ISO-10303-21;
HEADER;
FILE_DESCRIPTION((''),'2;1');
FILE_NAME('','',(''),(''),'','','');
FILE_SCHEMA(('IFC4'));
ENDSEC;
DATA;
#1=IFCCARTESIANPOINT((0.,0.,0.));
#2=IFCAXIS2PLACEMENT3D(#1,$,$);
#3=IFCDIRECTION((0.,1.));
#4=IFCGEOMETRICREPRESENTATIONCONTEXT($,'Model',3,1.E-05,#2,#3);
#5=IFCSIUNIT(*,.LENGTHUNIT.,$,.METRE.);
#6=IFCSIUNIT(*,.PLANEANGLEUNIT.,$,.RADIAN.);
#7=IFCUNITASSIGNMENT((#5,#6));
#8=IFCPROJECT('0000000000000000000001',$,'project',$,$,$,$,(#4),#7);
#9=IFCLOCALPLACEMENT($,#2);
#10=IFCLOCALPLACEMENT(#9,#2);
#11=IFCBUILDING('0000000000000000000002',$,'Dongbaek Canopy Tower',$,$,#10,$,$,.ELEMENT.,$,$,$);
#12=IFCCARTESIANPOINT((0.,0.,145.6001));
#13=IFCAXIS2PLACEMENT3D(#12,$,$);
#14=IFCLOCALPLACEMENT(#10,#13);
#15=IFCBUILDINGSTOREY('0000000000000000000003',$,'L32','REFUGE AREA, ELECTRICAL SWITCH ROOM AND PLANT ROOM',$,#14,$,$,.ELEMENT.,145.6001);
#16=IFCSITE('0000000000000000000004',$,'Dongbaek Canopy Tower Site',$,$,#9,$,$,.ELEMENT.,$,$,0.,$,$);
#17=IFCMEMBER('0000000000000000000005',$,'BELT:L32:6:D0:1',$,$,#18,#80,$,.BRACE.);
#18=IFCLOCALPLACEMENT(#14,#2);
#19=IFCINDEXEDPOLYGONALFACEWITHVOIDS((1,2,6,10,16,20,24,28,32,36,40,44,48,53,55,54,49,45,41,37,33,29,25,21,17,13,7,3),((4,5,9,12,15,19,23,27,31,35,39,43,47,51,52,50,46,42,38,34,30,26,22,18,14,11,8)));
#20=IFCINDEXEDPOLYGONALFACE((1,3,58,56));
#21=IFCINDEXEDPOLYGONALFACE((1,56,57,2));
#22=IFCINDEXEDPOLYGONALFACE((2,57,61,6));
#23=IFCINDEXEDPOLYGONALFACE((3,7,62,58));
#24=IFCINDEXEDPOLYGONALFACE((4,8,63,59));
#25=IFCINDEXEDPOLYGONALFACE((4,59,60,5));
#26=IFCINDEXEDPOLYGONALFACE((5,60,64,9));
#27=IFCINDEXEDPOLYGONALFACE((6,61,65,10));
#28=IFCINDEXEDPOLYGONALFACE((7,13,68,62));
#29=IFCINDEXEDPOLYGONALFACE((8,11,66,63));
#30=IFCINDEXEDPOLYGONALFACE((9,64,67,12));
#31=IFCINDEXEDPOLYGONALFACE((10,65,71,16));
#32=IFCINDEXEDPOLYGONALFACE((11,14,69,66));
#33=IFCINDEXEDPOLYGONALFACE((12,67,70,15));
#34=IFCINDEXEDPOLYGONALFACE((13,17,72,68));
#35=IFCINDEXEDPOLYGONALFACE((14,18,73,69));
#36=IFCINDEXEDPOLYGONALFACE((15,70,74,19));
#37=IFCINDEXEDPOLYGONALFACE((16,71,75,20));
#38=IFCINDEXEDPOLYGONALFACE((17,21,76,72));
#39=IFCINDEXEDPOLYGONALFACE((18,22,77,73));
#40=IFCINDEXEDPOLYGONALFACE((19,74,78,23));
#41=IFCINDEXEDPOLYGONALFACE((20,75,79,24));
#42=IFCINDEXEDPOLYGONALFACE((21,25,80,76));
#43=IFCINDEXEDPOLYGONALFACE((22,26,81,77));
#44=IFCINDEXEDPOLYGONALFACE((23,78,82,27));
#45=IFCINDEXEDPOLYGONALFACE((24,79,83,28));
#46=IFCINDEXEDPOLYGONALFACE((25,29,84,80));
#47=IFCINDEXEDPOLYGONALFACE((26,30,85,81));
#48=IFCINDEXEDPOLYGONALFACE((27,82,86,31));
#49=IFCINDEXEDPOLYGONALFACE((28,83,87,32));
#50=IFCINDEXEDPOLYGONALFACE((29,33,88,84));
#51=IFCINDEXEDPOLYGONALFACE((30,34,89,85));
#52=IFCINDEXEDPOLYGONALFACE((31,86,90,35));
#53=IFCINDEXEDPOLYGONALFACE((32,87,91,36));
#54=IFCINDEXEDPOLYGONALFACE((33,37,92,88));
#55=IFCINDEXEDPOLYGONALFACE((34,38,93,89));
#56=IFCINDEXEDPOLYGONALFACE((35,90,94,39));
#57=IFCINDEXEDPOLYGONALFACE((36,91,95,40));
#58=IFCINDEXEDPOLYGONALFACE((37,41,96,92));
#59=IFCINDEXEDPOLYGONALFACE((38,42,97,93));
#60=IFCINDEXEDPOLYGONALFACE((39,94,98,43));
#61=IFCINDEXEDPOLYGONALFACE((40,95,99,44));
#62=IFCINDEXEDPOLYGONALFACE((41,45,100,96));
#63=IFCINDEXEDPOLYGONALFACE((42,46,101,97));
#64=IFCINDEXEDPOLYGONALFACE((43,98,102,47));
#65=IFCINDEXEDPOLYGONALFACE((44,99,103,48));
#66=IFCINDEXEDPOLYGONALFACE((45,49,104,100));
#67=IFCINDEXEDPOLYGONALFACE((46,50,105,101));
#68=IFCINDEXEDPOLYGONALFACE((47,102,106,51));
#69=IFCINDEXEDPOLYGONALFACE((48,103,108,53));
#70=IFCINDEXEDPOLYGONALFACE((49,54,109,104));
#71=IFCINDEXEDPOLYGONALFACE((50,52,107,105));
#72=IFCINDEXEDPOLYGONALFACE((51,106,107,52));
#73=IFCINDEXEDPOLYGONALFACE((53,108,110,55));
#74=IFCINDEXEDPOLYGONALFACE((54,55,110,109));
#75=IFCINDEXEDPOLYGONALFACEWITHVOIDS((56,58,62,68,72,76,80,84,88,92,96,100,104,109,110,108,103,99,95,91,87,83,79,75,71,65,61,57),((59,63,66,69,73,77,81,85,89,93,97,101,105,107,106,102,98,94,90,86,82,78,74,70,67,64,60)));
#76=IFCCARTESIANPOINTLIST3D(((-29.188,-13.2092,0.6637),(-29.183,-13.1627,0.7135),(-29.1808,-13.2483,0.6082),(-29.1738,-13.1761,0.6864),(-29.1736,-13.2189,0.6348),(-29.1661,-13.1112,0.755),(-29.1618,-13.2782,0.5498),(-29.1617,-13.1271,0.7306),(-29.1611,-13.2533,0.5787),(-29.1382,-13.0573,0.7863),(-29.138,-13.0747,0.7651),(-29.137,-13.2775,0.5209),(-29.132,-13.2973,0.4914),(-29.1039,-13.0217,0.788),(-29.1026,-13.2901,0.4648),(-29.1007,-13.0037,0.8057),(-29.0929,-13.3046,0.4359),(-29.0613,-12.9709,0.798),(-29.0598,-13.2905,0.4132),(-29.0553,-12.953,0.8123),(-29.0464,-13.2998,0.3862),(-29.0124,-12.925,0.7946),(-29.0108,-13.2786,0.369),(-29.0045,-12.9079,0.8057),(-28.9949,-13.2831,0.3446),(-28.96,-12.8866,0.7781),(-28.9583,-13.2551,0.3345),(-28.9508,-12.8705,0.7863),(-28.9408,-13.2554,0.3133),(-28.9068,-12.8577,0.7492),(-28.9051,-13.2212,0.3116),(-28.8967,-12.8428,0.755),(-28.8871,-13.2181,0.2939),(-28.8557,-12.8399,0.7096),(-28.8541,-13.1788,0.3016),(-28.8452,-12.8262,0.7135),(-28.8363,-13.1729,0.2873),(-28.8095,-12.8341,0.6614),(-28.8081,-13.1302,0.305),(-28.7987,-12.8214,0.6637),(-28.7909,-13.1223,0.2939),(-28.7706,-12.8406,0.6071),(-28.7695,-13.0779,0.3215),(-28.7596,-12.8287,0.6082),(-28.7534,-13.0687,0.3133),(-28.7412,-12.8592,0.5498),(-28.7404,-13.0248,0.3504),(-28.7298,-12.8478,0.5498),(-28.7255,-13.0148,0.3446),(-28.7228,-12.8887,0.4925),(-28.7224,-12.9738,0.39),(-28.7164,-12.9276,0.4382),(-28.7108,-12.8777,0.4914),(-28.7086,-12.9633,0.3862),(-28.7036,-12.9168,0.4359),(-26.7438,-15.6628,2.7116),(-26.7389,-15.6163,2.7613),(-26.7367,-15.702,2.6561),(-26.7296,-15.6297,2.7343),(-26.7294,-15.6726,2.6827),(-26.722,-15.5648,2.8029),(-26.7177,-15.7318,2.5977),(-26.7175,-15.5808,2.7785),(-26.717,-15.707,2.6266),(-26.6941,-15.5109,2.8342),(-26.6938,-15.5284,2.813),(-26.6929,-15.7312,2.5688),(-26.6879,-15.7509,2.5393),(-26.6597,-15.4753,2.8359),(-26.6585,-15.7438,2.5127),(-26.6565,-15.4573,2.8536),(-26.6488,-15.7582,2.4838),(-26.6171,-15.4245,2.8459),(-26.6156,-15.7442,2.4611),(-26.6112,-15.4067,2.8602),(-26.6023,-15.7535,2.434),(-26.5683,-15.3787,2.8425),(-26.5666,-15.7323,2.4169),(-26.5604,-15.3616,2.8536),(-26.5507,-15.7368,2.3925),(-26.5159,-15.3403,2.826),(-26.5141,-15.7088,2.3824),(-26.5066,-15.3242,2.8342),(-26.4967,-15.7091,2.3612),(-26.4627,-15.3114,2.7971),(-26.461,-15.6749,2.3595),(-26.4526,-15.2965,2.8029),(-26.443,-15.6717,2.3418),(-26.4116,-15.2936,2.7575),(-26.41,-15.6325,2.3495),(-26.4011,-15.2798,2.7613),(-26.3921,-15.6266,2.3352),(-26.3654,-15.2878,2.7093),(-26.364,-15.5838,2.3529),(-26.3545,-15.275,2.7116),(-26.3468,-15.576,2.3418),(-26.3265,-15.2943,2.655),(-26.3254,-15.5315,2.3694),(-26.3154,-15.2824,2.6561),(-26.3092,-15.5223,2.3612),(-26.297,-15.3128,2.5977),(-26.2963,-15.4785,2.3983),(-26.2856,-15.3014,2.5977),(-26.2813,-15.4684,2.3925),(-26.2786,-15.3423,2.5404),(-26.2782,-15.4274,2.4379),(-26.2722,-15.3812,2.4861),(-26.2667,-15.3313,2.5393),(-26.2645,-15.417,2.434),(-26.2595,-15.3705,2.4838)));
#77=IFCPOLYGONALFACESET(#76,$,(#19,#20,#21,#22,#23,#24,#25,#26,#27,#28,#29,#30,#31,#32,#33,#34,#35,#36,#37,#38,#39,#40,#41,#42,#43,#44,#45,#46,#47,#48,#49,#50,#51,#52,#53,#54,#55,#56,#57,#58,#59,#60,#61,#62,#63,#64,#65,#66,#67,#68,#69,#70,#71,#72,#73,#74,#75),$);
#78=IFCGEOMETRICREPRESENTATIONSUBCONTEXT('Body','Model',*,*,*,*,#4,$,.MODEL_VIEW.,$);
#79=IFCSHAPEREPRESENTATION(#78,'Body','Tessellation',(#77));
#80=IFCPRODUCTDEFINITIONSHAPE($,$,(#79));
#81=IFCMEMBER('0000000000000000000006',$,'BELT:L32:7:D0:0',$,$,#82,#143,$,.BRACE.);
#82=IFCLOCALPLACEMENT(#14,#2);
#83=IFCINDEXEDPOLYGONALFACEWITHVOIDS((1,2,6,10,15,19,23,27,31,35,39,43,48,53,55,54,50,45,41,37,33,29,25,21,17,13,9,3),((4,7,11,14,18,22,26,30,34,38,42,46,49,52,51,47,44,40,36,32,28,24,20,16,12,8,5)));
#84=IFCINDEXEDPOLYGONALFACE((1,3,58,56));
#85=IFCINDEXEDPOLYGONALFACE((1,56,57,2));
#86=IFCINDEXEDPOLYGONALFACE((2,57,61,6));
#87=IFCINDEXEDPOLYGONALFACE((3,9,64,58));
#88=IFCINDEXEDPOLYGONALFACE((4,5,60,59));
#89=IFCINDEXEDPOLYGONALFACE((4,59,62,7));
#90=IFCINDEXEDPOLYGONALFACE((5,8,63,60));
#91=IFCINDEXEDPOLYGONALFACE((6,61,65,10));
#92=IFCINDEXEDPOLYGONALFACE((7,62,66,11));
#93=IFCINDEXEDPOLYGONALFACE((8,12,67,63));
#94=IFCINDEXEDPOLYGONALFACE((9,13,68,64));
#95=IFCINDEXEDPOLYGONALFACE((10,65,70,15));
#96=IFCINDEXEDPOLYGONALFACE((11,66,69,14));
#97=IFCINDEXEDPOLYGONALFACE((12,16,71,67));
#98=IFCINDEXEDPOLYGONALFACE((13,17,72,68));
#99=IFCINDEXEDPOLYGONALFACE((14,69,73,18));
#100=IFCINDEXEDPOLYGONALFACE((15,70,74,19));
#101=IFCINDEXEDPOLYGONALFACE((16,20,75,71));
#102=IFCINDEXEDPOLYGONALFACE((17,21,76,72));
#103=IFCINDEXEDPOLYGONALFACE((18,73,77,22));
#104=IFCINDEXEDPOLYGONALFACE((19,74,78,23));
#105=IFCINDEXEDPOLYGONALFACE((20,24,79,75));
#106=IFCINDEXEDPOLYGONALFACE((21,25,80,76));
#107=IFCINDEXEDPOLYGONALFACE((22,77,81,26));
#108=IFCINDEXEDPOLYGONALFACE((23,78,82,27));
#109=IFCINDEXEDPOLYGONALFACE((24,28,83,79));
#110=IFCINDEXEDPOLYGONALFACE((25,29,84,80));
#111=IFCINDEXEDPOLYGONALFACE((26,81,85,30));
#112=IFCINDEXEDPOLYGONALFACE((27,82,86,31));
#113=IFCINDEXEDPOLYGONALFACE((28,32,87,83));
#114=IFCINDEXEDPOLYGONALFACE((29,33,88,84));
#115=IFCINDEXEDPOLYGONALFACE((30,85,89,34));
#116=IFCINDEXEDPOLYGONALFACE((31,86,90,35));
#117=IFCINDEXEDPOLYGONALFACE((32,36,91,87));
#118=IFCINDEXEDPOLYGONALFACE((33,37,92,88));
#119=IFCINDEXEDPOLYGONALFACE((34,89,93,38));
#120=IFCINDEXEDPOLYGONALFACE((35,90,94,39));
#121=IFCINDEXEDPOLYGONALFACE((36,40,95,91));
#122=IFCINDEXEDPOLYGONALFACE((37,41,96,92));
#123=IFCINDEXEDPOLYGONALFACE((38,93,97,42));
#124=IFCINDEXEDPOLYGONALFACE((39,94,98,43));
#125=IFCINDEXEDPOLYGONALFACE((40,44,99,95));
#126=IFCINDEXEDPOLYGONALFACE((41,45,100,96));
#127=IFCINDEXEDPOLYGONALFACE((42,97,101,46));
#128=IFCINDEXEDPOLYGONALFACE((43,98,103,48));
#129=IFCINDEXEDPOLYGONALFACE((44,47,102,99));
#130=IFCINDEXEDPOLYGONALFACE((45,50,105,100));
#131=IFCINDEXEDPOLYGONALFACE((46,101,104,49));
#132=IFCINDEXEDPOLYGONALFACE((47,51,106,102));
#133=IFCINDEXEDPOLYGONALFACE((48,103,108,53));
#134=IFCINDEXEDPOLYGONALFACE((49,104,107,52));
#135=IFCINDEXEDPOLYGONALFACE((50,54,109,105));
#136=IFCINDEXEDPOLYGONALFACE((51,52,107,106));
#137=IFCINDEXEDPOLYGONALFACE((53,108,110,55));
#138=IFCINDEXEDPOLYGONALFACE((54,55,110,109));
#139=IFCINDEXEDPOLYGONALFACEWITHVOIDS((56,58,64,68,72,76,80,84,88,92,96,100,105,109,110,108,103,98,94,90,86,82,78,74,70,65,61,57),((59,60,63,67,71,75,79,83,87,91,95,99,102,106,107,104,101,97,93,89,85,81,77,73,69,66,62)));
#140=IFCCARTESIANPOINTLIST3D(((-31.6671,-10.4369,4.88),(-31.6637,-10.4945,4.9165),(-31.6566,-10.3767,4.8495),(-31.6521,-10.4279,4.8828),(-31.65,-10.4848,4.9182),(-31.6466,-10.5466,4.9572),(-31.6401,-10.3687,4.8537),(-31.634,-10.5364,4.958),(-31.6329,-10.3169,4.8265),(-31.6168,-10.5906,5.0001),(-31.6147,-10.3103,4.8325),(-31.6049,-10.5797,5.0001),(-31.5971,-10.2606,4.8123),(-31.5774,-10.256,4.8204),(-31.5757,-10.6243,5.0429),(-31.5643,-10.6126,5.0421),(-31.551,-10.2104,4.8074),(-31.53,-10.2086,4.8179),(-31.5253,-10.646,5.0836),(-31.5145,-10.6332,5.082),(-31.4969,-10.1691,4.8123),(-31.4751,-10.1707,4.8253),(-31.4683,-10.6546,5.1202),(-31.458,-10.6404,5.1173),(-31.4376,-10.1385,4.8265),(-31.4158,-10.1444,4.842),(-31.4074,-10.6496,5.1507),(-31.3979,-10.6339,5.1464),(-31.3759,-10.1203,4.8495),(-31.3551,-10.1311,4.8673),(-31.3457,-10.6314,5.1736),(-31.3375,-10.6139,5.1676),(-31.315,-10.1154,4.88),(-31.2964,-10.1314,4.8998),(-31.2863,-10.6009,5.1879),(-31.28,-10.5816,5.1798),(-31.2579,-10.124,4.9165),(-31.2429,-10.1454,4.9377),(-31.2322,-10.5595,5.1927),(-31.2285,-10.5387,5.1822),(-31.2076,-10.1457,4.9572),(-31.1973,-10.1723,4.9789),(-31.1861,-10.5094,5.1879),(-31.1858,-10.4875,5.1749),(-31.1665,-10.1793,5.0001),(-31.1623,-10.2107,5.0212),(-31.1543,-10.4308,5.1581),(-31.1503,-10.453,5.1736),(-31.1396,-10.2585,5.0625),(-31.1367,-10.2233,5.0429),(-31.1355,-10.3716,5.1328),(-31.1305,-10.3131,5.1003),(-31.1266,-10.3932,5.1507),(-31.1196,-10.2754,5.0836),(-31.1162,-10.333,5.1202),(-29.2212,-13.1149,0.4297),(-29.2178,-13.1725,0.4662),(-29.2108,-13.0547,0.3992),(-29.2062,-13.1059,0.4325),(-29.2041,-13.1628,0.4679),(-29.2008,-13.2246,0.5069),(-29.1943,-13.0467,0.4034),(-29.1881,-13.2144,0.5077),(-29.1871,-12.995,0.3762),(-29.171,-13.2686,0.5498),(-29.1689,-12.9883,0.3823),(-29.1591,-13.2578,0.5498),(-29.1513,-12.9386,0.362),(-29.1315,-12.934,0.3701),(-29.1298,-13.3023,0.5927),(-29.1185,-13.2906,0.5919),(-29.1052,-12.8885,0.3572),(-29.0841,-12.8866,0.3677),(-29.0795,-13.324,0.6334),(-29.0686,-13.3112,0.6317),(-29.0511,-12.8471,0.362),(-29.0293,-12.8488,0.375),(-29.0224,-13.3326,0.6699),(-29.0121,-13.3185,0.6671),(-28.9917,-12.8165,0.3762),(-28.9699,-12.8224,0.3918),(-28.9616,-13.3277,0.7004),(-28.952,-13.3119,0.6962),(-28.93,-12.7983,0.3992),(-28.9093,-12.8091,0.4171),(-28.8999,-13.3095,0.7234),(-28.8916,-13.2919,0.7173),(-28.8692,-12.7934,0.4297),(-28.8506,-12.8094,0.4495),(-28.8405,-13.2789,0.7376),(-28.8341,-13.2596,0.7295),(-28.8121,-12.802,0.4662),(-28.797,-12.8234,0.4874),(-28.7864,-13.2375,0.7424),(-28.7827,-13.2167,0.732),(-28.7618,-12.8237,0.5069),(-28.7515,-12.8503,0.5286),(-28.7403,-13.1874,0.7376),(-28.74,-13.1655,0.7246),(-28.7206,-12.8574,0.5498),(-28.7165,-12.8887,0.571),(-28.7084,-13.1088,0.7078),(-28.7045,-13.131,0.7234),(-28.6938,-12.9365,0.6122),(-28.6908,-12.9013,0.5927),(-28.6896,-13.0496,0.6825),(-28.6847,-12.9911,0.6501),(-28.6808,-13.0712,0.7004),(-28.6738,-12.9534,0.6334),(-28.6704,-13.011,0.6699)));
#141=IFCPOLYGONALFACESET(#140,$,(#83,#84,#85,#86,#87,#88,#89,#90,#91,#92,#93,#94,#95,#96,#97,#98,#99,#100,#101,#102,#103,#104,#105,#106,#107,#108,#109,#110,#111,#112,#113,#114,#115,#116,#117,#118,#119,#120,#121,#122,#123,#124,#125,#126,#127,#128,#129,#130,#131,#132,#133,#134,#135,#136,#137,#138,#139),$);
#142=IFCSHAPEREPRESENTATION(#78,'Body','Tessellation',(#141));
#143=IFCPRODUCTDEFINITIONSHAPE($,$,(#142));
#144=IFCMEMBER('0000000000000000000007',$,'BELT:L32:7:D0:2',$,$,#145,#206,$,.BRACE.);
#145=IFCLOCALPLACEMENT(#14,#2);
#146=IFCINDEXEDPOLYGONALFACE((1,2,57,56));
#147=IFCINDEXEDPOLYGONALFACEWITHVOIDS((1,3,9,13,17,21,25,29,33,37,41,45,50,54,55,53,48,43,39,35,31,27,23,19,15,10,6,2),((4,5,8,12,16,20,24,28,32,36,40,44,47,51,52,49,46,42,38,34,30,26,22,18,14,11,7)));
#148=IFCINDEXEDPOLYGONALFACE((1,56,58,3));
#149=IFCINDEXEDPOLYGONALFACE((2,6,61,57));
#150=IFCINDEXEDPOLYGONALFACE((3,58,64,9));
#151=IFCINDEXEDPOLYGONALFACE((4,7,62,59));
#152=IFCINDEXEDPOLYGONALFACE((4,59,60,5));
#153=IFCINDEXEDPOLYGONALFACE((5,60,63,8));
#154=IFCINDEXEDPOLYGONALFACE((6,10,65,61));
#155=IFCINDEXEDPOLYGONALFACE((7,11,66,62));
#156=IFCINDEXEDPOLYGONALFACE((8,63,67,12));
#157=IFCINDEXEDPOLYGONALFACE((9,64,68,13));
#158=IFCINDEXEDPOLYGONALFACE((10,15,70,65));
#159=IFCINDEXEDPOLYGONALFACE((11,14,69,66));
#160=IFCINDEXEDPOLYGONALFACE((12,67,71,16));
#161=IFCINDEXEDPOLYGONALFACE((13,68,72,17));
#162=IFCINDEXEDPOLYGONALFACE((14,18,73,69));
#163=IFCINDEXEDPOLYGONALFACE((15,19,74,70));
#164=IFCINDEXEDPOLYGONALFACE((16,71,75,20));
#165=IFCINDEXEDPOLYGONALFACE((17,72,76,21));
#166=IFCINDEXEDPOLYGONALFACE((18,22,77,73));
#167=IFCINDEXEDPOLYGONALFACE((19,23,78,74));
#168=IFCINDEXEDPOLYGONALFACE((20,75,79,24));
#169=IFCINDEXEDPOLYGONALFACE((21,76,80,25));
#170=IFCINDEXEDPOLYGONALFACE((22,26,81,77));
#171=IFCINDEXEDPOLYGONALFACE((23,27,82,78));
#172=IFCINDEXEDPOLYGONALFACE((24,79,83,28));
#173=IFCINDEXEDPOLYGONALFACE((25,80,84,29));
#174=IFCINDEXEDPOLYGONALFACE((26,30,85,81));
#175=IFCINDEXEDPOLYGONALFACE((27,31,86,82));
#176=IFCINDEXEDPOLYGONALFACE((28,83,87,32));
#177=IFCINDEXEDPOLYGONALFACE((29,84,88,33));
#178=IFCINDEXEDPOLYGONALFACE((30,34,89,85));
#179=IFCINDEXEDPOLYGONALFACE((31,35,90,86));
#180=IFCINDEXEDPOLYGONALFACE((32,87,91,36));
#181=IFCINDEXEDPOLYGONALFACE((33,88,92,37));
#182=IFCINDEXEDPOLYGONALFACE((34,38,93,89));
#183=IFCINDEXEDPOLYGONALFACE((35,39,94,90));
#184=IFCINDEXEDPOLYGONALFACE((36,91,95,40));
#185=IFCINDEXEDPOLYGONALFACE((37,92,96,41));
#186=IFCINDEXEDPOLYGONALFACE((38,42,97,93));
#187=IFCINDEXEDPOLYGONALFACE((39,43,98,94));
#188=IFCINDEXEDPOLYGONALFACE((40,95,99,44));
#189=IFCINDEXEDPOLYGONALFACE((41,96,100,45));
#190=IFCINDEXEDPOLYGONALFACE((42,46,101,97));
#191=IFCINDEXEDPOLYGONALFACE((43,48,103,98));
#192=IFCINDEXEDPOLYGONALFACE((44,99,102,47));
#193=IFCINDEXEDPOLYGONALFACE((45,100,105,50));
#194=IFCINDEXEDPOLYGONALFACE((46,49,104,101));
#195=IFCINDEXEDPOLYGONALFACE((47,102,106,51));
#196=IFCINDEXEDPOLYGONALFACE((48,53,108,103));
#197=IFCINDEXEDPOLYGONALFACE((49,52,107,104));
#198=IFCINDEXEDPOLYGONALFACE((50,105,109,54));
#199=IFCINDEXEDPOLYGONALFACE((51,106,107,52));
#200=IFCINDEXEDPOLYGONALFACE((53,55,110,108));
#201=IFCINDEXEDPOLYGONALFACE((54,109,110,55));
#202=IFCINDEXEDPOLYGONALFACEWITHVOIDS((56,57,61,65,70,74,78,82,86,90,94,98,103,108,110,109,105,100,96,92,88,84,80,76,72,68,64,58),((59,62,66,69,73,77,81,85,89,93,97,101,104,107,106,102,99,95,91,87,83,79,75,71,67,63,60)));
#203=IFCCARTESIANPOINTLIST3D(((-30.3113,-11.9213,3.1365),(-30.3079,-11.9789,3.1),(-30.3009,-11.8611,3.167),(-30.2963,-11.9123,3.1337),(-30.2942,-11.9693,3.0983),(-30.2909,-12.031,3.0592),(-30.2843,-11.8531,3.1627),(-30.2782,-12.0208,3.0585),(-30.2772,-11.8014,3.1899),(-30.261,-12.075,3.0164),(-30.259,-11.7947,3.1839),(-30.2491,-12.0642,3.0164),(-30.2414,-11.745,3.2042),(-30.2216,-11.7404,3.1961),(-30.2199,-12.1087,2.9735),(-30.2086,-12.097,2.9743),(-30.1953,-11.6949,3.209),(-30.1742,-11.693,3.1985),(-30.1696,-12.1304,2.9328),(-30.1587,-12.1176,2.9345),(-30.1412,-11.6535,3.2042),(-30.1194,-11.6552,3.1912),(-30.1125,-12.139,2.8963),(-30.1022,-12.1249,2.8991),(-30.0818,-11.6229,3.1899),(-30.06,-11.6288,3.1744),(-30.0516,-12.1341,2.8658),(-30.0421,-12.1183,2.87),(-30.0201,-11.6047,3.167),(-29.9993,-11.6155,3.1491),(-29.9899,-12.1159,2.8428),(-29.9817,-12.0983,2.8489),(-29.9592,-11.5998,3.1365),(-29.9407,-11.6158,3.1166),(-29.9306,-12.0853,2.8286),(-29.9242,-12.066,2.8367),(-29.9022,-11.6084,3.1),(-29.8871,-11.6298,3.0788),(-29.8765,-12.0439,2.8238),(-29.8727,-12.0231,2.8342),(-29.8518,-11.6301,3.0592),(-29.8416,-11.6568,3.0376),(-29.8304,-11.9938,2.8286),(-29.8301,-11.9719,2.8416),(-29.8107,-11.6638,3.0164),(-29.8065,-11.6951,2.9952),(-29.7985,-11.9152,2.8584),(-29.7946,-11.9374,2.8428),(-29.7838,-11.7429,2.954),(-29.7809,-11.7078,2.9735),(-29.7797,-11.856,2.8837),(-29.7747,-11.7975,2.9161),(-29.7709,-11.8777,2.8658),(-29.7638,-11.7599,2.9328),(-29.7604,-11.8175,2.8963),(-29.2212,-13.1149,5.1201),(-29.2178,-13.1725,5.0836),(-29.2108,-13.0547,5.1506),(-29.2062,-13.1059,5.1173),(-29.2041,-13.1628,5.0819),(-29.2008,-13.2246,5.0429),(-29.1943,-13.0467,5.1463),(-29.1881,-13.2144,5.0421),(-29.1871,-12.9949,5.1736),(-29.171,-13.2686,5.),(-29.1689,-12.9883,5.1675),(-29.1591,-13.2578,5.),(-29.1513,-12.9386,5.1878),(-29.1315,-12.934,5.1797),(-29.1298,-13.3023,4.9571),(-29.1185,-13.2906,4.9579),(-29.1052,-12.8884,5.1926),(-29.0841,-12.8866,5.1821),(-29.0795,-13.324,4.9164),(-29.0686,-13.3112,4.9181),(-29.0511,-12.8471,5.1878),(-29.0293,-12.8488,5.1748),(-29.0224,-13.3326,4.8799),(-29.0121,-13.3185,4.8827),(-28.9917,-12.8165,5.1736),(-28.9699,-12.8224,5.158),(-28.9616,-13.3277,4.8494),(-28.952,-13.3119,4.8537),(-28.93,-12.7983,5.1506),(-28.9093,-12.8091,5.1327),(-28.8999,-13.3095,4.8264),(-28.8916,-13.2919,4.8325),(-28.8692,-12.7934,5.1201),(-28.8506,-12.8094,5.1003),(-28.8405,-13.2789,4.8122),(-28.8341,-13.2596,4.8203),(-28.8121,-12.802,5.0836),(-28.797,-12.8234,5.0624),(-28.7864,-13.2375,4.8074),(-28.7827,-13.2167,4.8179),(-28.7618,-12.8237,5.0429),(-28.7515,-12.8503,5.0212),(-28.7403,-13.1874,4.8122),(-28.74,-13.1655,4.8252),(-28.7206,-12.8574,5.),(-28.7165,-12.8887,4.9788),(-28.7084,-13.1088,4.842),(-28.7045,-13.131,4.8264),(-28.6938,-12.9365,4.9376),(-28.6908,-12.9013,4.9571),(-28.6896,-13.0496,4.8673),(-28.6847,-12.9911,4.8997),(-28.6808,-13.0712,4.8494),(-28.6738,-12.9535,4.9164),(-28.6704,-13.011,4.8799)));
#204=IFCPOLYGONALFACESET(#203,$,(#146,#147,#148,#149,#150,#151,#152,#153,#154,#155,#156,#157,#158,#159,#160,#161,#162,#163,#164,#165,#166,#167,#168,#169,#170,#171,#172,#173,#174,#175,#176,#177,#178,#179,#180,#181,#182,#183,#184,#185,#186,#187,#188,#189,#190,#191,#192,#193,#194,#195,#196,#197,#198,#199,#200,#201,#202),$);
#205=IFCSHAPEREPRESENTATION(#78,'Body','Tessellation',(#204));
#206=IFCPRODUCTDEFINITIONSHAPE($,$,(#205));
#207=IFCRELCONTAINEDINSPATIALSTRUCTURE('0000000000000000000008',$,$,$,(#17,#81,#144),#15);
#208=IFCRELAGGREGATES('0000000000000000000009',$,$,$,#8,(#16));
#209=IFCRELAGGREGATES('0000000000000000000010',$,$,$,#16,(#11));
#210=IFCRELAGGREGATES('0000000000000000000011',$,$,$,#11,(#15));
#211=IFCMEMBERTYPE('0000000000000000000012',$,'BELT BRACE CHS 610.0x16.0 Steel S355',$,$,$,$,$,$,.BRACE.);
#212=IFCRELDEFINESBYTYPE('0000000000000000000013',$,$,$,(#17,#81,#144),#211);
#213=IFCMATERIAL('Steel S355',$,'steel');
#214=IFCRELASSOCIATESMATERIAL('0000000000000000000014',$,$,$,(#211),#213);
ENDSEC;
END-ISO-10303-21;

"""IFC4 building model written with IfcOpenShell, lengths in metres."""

from ifc_helpers import new_model, si_unit, direction, frame, origin, origin_2d, place, context, subcontext, project, spatial, hollow_circle, extrude, material, material_profile, profile_set, type_object, element, save


model = new_model("IFC4")

# Units and contexts
model_context = context("Model", 3, precision=1e-05, world=origin(), true_north=direction((0.0, 1.0)))
body_context = subcontext(model_context, "Body", "Model", "MODEL_VIEW")
ifc_project = project(units=[si_unit("LENGTHUNIT", "METRE"), si_unit("PLANEANGLEUNIT", "RADIAN")], contexts=[model_context])

# Site, building, storey
site_placement = place(None, origin())
site = spatial("IfcSite", under=ifc_project, at=site_placement, Name="Dongbaek Canopy Tower Site", CompositionType="ELEMENT", RefElevation=0.0)
building_placement = place(site_placement, origin())
building = spatial("IfcBuilding", under=site, at=building_placement, Name="Dongbaek Canopy Tower", CompositionType="ELEMENT")
storey_placement = place(building_placement, frame((0.0, 0.0, 145.6001)))
storey = spatial("IfcBuildingStorey", under=building, at=storey_placement, Name="L32", Description="REFUGE AREA, ELECTRICAL SWITCH ROOM AND PLANT ROOM", CompositionType="ELEMENT", Elevation=145.6001)

# Members
ifc_material_1 = material(Name="Steel S355", Category="steel")
ifc_material_profile_1 = material_profile(ifc_material_1, hollow_circle(Radius=0.3049, WallThickness=0.0161, at=origin_2d()), Name="BELT BRACE CHS 610.0x16.0 Steel S355")
ifc_profile_set_1 = profile_set([ifc_material_profile_1], Name="Steel S355")
member_type_1 = type_object("IfcMemberType", Name="BELT BRACE CHS 610.0x16.0 Steel S355", PredefinedType="BRACE", material=ifc_profile_set_1)
member_1_placement = place(storey_placement, frame((-28.9458, -13.063, 0.5498), z_axis=(0.607474, -0.60984, 0.508989), x_axis=(0.70848, 0.705731, 0.0)))
element("IfcMember", 1, at=member_1_placement, inside=storey, type_object=member_type_1, Name="BELT:L32:6:D0:1", PredefinedType="BRACE", context=body_context, shape_type="SweptSolid", body=[
    extrude(hollow_circle(Radius=0.3049, WallThickness=0.0161, at=origin_2d()), origin(), (0.0, 0.0, 1.0), 4.0234),
])
member_2_placement = place(storey_placement, frame((-28.9458, -13.063, 0.5498), z_axis=(-0.426032, 0.466475, 0.775176), x_axis=(-0.738391, -0.674373, 0.0)))
element("IfcMember", 2, at=member_2_placement, inside=storey, type_object=member_type_1, Name="BELT:L32:7:D0:0", PredefinedType="BRACE", context=body_context, shape_type="SweptSolid", body=[
    extrude(hollow_circle(Radius=0.3049, WallThickness=0.0161, at=origin_2d()), origin(), (0.0, 0.0, 1.0), 5.741),
])
member_3_placement = place(storey_placement, frame((-28.9458, -13.063, 5.0), z_axis=(-0.426004, 0.466457, -0.775202), x_axis=(-0.7384, -0.674362, 0.0)))
element("IfcMember", 3, at=member_3_placement, inside=storey, type_object=member_type_1, Name="BELT:L32:7:D0:2", PredefinedType="BRACE", context=body_context, shape_type="SweptSolid", body=[
    extrude(hollow_circle(Radius=0.3049, WallThickness=0.0161, at=origin_2d()), origin(), (0.0, 0.0, 1.0), 2.5588),
])

save(model, "model.ifc")
